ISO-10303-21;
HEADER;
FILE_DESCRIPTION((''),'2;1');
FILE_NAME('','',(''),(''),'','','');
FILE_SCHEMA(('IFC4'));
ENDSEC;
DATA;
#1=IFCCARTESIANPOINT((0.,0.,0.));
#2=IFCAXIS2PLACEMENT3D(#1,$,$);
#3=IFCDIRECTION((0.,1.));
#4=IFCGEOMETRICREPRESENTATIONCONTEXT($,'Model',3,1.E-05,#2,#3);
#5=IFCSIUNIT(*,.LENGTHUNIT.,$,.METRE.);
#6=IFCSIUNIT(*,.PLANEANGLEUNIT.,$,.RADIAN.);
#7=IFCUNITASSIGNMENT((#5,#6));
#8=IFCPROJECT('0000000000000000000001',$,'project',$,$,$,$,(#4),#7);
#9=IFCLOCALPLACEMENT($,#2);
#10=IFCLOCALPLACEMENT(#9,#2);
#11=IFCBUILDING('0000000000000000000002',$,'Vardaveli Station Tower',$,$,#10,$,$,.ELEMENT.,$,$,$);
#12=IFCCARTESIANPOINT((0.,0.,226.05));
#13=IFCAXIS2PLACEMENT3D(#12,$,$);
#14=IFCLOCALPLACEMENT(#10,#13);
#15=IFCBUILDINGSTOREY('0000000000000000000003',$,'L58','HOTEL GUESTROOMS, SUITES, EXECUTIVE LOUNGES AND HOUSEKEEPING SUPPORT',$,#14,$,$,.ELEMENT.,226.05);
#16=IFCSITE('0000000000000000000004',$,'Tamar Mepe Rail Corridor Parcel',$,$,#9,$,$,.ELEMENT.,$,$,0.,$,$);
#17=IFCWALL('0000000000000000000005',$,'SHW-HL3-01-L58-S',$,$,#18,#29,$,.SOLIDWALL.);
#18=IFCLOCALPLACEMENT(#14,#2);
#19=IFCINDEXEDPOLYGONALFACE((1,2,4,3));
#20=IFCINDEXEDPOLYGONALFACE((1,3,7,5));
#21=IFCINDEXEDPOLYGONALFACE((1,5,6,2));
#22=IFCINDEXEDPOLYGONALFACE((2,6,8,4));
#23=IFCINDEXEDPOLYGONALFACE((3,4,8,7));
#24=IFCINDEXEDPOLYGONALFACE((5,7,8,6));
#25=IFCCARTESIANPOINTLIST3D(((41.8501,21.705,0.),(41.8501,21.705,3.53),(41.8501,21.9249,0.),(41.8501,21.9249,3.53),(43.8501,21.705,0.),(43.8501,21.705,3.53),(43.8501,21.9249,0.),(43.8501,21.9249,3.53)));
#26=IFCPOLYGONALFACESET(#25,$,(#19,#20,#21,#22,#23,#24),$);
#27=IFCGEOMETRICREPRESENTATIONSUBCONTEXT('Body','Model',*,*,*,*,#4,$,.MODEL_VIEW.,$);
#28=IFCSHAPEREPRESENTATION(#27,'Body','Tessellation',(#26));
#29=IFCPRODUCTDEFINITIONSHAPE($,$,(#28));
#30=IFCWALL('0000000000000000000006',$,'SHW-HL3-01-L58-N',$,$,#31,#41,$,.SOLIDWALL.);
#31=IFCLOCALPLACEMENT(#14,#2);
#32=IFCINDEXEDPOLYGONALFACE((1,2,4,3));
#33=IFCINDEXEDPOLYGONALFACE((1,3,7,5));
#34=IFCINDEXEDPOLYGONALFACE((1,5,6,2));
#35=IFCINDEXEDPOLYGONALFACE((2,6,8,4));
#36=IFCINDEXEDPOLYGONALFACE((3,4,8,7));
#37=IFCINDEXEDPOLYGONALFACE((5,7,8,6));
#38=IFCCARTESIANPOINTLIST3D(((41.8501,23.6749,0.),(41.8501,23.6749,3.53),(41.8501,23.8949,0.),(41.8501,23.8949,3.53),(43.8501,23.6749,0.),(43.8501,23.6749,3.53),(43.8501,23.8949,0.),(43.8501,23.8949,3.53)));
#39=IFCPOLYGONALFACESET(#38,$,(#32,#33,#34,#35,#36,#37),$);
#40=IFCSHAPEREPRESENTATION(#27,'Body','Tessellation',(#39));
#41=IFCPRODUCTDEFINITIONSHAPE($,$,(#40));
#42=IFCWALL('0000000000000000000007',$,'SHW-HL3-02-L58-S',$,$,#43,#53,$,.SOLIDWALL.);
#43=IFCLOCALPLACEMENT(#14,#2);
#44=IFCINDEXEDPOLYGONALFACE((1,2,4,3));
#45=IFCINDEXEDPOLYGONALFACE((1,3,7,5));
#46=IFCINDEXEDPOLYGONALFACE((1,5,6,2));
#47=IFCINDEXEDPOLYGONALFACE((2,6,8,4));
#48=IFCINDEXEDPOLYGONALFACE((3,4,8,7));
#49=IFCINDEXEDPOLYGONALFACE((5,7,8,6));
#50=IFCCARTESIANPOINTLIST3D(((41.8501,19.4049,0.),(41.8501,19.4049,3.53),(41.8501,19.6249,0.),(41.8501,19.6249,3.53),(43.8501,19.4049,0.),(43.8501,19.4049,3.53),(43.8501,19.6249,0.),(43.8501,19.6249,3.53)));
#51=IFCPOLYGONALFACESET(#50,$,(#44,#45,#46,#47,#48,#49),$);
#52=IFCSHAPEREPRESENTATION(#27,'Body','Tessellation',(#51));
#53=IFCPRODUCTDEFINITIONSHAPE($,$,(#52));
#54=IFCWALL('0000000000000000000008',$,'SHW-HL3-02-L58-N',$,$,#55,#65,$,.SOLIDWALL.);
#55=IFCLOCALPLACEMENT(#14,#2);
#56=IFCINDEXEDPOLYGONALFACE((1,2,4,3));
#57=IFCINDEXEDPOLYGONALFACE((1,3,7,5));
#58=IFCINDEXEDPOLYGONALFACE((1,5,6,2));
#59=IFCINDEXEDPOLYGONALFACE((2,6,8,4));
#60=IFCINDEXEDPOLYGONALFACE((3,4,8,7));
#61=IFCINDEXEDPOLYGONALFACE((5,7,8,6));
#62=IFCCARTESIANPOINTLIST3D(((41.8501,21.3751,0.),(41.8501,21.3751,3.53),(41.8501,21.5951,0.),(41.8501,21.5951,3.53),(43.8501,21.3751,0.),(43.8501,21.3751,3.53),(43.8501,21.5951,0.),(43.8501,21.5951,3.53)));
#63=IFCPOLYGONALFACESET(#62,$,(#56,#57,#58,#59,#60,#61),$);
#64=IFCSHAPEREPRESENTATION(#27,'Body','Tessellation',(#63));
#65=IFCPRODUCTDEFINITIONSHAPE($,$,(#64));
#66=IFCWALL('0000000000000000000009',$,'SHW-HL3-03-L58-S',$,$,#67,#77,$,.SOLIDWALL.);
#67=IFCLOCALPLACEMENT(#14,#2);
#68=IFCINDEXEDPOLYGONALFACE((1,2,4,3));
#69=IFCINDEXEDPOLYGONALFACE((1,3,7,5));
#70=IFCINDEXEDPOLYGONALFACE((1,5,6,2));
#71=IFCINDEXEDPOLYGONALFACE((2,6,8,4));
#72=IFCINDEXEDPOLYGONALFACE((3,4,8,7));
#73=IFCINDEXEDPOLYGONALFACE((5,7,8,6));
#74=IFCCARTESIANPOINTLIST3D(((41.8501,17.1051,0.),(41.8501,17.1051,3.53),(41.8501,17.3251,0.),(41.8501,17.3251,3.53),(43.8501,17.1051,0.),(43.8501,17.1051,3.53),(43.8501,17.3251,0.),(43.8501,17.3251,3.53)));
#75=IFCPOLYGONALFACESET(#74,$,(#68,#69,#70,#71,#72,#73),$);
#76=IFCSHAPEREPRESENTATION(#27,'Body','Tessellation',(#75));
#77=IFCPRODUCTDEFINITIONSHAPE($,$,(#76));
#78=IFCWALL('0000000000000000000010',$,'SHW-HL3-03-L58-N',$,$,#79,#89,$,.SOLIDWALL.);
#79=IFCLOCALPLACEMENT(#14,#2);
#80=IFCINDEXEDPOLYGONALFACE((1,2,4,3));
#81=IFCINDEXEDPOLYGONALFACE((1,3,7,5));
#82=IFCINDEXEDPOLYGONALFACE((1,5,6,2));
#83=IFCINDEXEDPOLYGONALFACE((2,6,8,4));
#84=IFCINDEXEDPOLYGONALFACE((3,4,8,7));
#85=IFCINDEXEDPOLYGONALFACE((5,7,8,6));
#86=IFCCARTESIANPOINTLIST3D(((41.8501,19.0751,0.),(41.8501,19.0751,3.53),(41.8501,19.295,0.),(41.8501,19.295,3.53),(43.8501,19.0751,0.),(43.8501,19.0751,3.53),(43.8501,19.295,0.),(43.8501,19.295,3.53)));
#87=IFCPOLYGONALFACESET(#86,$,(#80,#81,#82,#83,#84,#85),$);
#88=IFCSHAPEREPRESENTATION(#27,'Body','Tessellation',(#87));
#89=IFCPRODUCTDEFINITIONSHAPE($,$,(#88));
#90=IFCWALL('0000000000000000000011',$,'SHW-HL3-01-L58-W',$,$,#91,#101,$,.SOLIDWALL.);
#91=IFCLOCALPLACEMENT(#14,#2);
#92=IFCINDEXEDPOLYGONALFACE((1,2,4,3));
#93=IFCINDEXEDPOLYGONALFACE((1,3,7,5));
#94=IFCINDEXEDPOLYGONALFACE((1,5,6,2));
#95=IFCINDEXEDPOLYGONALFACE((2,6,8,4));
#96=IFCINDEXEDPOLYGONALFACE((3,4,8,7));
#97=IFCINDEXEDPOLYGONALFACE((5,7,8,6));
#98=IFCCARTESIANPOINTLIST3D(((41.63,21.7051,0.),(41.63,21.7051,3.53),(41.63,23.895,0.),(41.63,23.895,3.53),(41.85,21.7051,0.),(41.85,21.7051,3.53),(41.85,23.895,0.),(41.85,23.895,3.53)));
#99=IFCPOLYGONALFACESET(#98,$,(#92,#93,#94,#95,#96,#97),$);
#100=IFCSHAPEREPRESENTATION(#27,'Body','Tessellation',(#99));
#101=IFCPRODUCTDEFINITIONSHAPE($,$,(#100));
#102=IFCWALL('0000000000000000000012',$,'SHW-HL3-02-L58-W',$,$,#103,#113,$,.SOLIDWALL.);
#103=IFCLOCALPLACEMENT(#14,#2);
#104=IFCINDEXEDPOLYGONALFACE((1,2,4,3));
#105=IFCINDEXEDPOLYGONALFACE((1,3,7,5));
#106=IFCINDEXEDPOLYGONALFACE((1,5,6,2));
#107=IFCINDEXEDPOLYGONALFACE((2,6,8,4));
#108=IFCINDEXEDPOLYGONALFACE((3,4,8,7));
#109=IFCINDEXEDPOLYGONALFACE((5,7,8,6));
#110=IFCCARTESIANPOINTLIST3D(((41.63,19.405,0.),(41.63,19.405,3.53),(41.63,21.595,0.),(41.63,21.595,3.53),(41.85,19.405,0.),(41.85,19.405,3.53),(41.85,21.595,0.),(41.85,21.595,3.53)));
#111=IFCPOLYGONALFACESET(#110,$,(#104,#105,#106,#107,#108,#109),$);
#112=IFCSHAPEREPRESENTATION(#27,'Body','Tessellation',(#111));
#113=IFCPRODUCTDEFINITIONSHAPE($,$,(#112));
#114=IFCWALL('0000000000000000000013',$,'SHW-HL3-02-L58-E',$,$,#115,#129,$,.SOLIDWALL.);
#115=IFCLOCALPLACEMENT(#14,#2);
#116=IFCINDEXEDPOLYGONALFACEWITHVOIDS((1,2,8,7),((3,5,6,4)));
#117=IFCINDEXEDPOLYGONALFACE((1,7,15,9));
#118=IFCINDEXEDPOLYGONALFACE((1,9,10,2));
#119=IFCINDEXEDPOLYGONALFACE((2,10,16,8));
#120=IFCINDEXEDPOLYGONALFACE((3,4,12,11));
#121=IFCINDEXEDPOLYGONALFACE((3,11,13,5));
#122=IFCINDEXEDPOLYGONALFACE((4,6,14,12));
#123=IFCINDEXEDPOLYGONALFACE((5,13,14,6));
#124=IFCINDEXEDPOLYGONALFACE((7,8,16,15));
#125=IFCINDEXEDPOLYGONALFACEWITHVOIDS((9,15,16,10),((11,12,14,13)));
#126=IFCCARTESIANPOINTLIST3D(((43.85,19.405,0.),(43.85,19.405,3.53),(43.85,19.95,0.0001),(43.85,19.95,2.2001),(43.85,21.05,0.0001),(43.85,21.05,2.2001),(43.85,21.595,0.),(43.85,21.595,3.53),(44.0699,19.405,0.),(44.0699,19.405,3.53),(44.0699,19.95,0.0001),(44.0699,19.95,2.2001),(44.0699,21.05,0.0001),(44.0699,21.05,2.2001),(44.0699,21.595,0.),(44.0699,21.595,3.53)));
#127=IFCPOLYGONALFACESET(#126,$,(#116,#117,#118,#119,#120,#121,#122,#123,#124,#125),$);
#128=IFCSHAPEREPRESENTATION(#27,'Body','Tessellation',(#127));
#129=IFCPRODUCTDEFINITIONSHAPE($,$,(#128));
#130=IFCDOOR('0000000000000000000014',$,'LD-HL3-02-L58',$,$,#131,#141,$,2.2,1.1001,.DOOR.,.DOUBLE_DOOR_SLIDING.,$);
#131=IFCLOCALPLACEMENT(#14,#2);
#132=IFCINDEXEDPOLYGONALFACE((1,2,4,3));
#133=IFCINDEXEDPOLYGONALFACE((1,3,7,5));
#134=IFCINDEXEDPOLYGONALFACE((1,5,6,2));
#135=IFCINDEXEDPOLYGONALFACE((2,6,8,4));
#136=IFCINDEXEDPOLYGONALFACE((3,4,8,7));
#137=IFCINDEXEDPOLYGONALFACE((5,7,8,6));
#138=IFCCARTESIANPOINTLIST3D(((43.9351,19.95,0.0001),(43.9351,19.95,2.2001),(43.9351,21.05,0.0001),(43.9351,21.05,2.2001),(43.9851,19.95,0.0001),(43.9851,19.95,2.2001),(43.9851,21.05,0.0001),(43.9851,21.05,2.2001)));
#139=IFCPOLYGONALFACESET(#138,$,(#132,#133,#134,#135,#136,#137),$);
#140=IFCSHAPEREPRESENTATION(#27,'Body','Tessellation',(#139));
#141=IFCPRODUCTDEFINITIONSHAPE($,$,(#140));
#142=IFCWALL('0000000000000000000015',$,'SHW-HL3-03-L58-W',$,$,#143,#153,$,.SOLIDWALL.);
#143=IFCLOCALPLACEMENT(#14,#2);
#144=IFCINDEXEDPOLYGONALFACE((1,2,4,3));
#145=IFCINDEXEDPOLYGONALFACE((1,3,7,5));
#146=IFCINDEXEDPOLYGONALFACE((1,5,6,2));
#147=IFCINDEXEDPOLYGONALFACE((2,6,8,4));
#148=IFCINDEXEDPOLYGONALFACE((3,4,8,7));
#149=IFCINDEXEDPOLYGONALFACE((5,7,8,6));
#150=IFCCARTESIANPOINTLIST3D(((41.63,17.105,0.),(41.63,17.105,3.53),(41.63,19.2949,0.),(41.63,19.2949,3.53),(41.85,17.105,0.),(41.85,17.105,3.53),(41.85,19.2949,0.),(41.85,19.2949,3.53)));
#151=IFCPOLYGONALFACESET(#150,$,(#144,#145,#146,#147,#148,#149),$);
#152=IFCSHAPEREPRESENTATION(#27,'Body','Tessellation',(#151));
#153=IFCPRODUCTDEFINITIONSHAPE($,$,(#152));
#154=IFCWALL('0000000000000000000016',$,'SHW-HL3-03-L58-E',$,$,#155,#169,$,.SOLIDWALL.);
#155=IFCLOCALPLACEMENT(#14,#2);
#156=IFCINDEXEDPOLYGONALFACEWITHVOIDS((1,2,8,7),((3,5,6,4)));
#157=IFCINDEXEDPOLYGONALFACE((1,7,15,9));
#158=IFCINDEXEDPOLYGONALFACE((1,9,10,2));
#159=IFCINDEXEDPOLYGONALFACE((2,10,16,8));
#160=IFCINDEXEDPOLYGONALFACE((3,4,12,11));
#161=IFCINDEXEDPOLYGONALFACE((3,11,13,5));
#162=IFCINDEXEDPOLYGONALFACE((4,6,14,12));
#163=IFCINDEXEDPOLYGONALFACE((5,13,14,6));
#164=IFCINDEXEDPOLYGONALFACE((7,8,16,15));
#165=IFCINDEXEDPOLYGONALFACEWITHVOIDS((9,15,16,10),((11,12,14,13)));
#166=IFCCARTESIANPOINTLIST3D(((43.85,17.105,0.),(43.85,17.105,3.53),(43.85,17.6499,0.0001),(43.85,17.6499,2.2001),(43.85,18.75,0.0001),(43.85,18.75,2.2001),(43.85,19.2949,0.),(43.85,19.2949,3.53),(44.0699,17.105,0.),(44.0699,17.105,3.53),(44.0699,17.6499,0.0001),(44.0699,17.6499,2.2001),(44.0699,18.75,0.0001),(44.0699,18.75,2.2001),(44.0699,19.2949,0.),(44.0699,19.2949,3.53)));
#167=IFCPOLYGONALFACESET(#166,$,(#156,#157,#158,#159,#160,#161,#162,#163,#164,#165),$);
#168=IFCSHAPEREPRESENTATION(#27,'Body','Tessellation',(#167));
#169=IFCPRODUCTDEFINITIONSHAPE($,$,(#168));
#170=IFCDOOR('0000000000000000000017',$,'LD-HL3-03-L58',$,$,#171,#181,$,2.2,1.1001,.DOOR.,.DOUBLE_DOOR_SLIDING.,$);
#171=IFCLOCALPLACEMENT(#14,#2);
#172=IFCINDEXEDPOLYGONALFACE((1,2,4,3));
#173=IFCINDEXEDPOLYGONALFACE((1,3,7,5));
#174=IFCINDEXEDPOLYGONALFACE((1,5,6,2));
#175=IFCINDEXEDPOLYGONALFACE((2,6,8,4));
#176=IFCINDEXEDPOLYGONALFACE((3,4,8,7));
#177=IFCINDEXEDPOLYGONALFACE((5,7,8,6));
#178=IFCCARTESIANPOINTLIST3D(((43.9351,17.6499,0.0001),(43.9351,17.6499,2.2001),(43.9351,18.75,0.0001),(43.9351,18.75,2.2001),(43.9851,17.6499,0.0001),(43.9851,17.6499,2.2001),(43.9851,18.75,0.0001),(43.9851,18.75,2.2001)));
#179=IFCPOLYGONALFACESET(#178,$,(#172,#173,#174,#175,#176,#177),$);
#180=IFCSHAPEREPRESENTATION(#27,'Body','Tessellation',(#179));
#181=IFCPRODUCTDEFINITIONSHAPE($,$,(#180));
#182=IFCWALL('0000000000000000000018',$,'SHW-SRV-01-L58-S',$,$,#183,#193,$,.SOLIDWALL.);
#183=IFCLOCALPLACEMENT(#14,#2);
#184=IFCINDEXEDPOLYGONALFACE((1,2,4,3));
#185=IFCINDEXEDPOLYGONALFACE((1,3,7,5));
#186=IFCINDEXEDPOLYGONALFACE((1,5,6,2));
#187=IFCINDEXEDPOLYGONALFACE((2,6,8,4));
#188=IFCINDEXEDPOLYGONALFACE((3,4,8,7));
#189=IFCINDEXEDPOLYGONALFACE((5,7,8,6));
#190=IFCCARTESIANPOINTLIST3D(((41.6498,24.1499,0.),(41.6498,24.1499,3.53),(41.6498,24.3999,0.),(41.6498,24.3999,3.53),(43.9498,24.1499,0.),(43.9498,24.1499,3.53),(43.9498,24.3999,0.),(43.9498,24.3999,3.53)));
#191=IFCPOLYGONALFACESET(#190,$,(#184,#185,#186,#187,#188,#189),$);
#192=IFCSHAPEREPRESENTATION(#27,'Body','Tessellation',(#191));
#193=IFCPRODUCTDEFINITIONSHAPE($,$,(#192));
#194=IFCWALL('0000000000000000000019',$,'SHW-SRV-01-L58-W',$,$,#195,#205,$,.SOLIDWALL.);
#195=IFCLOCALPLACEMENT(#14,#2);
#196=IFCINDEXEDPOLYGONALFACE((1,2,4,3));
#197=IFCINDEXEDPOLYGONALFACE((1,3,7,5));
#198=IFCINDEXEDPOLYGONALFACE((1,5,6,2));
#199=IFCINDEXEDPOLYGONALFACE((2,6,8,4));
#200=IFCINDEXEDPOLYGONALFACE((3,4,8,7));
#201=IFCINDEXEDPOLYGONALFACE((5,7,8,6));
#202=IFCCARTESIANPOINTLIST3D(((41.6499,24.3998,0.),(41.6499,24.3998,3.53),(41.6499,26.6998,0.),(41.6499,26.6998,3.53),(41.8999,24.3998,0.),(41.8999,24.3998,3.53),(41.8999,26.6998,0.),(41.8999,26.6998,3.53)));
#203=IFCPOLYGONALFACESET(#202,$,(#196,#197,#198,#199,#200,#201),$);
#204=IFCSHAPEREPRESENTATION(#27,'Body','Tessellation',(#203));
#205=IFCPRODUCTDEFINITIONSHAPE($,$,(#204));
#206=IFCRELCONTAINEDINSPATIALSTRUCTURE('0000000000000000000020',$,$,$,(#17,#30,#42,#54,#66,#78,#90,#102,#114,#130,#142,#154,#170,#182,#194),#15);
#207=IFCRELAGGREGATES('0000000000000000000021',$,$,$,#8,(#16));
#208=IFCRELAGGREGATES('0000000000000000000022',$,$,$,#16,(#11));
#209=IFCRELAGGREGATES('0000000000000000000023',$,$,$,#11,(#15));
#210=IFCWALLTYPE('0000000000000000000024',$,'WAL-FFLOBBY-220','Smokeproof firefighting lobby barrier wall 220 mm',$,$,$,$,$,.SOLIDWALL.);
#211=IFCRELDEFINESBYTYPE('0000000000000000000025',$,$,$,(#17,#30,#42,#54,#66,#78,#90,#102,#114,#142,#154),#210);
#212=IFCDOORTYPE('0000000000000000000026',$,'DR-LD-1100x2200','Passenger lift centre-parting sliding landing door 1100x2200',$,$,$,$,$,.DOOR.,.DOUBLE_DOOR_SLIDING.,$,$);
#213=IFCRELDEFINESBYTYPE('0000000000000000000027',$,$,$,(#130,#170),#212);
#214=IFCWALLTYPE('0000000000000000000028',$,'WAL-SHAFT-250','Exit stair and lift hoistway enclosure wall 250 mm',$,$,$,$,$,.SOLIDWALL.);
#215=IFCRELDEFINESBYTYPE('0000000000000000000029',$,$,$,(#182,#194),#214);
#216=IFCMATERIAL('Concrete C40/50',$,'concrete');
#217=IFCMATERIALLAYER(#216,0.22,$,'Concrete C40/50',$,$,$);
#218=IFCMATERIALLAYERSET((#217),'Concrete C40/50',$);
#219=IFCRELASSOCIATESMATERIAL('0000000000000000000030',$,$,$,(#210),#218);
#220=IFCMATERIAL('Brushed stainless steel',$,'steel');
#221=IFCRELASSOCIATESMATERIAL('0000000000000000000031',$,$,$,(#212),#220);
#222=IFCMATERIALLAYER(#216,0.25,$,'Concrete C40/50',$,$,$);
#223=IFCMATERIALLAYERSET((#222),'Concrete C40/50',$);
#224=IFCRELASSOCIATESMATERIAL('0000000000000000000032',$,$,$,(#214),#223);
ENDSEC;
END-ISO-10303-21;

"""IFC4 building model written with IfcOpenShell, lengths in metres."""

from ifc_helpers import new_model, si_unit, direction, frame, frame_2d, origin, place, context, subcontext, project, spatial, rectangle, extrude, source, transform, mapped, material, layer, layer_set, type_object, element, fill, save


model = new_model("IFC4")

# Units and contexts
model_context = context("Model", 3, precision=1e-05, world=origin(), true_north=direction((0.0, 1.0)))
body_context = subcontext(model_context, "Body", "Model", "MODEL_VIEW")
ifc_project = project(units=[si_unit("LENGTHUNIT", "METRE"), si_unit("PLANEANGLEUNIT", "RADIAN")], contexts=[model_context])

# Site, building, storey
site_placement = place(None, origin())
site = spatial("IfcSite", under=ifc_project, at=site_placement, Name="Tamar Mepe Rail Corridor Parcel", CompositionType="ELEMENT", RefElevation=0.0)
building_placement = place(site_placement, origin())
building = spatial("IfcBuilding", under=site, at=building_placement, Name="Vardaveli Station Tower", CompositionType="ELEMENT")
storey_placement = place(building_placement, frame((0.0, 0.0, 226.05)))
storey = spatial("IfcBuildingStorey", under=building, at=storey_placement, Name="L58", Description="HOTEL GUESTROOMS, SUITES, EXECUTIVE LOUNGES AND HOUSEKEEPING SUPPORT", CompositionType="ELEMENT", Elevation=226.05)

# Walls
ifc_material_1 = material(Name="Concrete C40/50", Category="concrete")
ifc_layer_1 = layer(ifc_material_1, 0.22, Name="Concrete C40/50")
ifc_layer_set_1 = layer_set([ifc_layer_1], Name="Concrete C40/50")
wall_type_1 = type_object("IfcWallType", Name="WAL-FFLOBBY-220", Description="Smokeproof firefighting lobby barrier wall 220 mm", PredefinedType="SOLIDWALL", material=ifc_layer_set_1)
shared_shape_1 = source(origin(), body_context, "Body", "SweptSolid", [
    extrude(rectangle(XDim=2.0, YDim=0.22, at=frame_2d((1.0, 0.0))), origin(), (0.0, 0.0, 1.0), 3.53),
])
for number, where, z_axis, x_axis, name in (
    (1, (41.8501, 21.8149, 0.0), (0.0, 0.0, 1.0), (1.0, 0.0, 0.0), "SHW-HL3-01-L58-S"),
    (2, (41.8501, 23.7849, 0.0), (0.0, 0.0, 1.0), (1.0, 0.0, 0.0), "SHW-HL3-01-L58-N"),
    (3, (41.8501, 19.5149, 0.0), (0.0, 0.0, 1.0), (1.0, 0.0, 0.0), "SHW-HL3-02-L58-S"),
    (4, (41.8501, 21.4851, 0.0), (0.0, 0.0, 1.0), (1.0, 0.0, 0.0), "SHW-HL3-02-L58-N"),
    (5, (41.8501, 17.2151, 0.0), (0.0, 0.0, 1.0), (1.0, 0.0, 0.0), "SHW-HL3-03-L58-S"),
    (6, (41.8501, 19.1851, 0.0), (0.0, 0.0, 1.0), (1.0, 0.0, 0.0), "SHW-HL3-03-L58-N"),
):
    element("IfcWall", number, at=place(storey_placement, frame(where, z_axis=z_axis, x_axis=x_axis)), inside=storey, type_object=wall_type_1, Name=name, PredefinedType="SOLIDWALL", context=body_context, shape_type="MappedRepresentation", body=[
        mapped(shared_shape_1, transform((0.0, 0.0, 0.0), scale=1.0)),
    ])
shared_shape_2 = source(origin(), body_context, "Body", "SweptSolid", [
    extrude(rectangle(XDim=2.1899, YDim=0.22, at=frame_2d((1.095, 0.0))), origin(), (0.0, 0.0, 1.0), 3.53),
])
for number, where, z_axis, x_axis, name in (
    (7, (41.74, 21.7051, 0.0), (0.0, 0.0, 1.0), (0.0, 1.0, 0.0), "SHW-HL3-01-L58-W"),
    (8, (41.74, 19.405, 0.0), (0.0, 0.0, 1.0), (0.0, 1.0, 0.0), "SHW-HL3-02-L58-W"),
):
    element("IfcWall", number, at=place(storey_placement, frame(where, z_axis=z_axis, x_axis=x_axis)), inside=storey, type_object=wall_type_1, Name=name, PredefinedType="SOLIDWALL", context=body_context, shape_type="MappedRepresentation", body=[
        mapped(shared_shape_2, transform((0.0, 0.0, 0.0), scale=1.0)),
    ])

# Wall, opening, door
wall_1_placement = place(storey_placement, frame((43.96, 19.405, 0.0), z_axis=(0.0, 0.0, 1.0), x_axis=(0.0, 1.0, 0.0)))
wall_1 = element("IfcWall", 9, at=wall_1_placement, inside=storey, type_object=wall_type_1, Name="SHW-HL3-02-L58-E", PredefinedType="SOLIDWALL", context=body_context, shape_type="MappedRepresentation", body=[
    mapped(shared_shape_2, transform((0.0, 0.0, 0.0), scale=1.0)),
])
shared_shape_3 = source(origin(), body_context, "Body", "SweptSolid", [
    extrude(rectangle(XDim=1.1001, YDim=2.2, at=frame_2d((0.55, 1.1001))), frame((0.0, 0.1201, 0.0), z_axis=(0.0, -1.0, 0.0), x_axis=(1.0, 0.0, 0.0)), (0.0, 0.0, 1.0), 0.24),
])
opening_1_placement = place(wall_1_placement, frame((0.5449, 0.0, 0.0)))
opening_1 = element("IfcOpeningElement", 10, at=opening_1_placement, cuts=wall_1, PredefinedType="OPENING", context=body_context, shape_type="MappedRepresentation", body=[
    mapped(shared_shape_3, transform((0.0, 0.0, 0.0), scale=1.0)),
])
ifc_material_2 = material(Name="Brushed stainless steel", Category="steel")
door_type = type_object("IfcDoorType", Name="DR-LD-1100x2200", Description="Passenger lift centre-parting sliding landing door 1100x2200", OperationType="DOUBLE_DOOR_SLIDING", PredefinedType="DOOR", material=ifc_material_2)
shared_shape_4 = source(origin(), body_context, "Body", "SweptSolid", [
    extrude(rectangle(XDim=1.1001, YDim=2.2, at=frame_2d((0.55, 1.1001))), frame((0.0, 0.0249, 0.0), z_axis=(0.0, -1.0, 0.0), x_axis=(1.0, 0.0, 0.0)), (0.0, 0.0, 1.0), 0.05),
])
door_1_placement = place(opening_1_placement, origin())
door_1 = element("IfcDoor", 11, at=door_1_placement, inside=storey, type_object=door_type, Name="LD-HL3-02-L58", OperationType="DOUBLE_DOOR_SLIDING", OverallHeight=2.2, OverallWidth=1.1001, PredefinedType="DOOR", context=body_context, shape_type="MappedRepresentation", body=[
    mapped(shared_shape_4, transform((0.0, 0.0, 0.0), scale=1.0)),
])
fill(opening_1, door_1)

# Wall
wall_2_placement = place(storey_placement, frame((41.74, 17.105, 0.0), z_axis=(0.0, 0.0, 1.0), x_axis=(0.0, 1.0, 0.0)))
element("IfcWall", 12, at=wall_2_placement, inside=storey, type_object=wall_type_1, Name="SHW-HL3-03-L58-W", PredefinedType="SOLIDWALL", context=body_context, shape_type="MappedRepresentation", body=[
    mapped(shared_shape_2, transform((0.0, 0.0, 0.0), scale=1.0)),
])

# Wall, opening, door
wall_3_placement = place(storey_placement, frame((43.96, 17.105, 0.0), z_axis=(0.0, 0.0, 1.0), x_axis=(0.0, 1.0, 0.0)))
wall_3 = element("IfcWall", 13, at=wall_3_placement, inside=storey, type_object=wall_type_1, Name="SHW-HL3-03-L58-E", PredefinedType="SOLIDWALL", context=body_context, shape_type="MappedRepresentation", body=[
    mapped(shared_shape_2, transform((0.0, 0.0, 0.0), scale=1.0)),
])
opening_2_placement = place(wall_3_placement, frame((0.5449, 0.0, 0.0)))
opening_2 = element("IfcOpeningElement", 14, at=opening_2_placement, cuts=wall_3, PredefinedType="OPENING", context=body_context, shape_type="MappedRepresentation", body=[
    mapped(shared_shape_3, transform((0.0, 0.0, 0.0), scale=1.0)),
])
door_2_placement = place(opening_2_placement, origin())
door_2 = element("IfcDoor", 15, at=door_2_placement, inside=storey, type_object=door_type, Name="LD-HL3-03-L58", OperationType="DOUBLE_DOOR_SLIDING", OverallHeight=2.2, OverallWidth=1.1001, PredefinedType="DOOR", context=body_context, shape_type="MappedRepresentation", body=[
    mapped(shared_shape_4, transform((0.0, 0.0, 0.0), scale=1.0)),
])
fill(opening_2, door_2)

# Walls
ifc_layer_2 = layer(ifc_material_1, 0.25, Name="Concrete C40/50")
ifc_layer_set_2 = layer_set([ifc_layer_2], Name="Concrete C40/50")
wall_type_2 = type_object("IfcWallType", Name="WAL-SHAFT-250", Description="Exit stair and lift hoistway enclosure wall 250 mm", PredefinedType="SOLIDWALL", material=ifc_layer_set_2)
shared_shape_5 = source(origin(), body_context, "Body", "SweptSolid", [
    extrude(rectangle(XDim=2.3, YDim=0.25, at=frame_2d((1.1499, 0.0))), origin(), (0.0, 0.0, 1.0), 3.53),
])
for number, where, z_axis, x_axis, name in (
    (16, (41.6499, 24.2749, 0.0), (0.0, 0.0, 1.0), (1.0, 0.0, 0.0), "SHW-SRV-01-L58-S"),
    (17, (41.7749, 24.3999, 0.0), (0.0, 0.0, 1.0), (0.0, 1.0, 0.0), "SHW-SRV-01-L58-W"),
):
    element("IfcWall", number, at=place(storey_placement, frame(where, z_axis=z_axis, x_axis=x_axis)), inside=storey, type_object=wall_type_2, Name=name, PredefinedType="SOLIDWALL", context=body_context, shape_type="MappedRepresentation", body=[
        mapped(shared_shape_5, transform((0.0, 0.0, 0.0), scale=1.0)),
    ])

save(model, "model.ifc")
